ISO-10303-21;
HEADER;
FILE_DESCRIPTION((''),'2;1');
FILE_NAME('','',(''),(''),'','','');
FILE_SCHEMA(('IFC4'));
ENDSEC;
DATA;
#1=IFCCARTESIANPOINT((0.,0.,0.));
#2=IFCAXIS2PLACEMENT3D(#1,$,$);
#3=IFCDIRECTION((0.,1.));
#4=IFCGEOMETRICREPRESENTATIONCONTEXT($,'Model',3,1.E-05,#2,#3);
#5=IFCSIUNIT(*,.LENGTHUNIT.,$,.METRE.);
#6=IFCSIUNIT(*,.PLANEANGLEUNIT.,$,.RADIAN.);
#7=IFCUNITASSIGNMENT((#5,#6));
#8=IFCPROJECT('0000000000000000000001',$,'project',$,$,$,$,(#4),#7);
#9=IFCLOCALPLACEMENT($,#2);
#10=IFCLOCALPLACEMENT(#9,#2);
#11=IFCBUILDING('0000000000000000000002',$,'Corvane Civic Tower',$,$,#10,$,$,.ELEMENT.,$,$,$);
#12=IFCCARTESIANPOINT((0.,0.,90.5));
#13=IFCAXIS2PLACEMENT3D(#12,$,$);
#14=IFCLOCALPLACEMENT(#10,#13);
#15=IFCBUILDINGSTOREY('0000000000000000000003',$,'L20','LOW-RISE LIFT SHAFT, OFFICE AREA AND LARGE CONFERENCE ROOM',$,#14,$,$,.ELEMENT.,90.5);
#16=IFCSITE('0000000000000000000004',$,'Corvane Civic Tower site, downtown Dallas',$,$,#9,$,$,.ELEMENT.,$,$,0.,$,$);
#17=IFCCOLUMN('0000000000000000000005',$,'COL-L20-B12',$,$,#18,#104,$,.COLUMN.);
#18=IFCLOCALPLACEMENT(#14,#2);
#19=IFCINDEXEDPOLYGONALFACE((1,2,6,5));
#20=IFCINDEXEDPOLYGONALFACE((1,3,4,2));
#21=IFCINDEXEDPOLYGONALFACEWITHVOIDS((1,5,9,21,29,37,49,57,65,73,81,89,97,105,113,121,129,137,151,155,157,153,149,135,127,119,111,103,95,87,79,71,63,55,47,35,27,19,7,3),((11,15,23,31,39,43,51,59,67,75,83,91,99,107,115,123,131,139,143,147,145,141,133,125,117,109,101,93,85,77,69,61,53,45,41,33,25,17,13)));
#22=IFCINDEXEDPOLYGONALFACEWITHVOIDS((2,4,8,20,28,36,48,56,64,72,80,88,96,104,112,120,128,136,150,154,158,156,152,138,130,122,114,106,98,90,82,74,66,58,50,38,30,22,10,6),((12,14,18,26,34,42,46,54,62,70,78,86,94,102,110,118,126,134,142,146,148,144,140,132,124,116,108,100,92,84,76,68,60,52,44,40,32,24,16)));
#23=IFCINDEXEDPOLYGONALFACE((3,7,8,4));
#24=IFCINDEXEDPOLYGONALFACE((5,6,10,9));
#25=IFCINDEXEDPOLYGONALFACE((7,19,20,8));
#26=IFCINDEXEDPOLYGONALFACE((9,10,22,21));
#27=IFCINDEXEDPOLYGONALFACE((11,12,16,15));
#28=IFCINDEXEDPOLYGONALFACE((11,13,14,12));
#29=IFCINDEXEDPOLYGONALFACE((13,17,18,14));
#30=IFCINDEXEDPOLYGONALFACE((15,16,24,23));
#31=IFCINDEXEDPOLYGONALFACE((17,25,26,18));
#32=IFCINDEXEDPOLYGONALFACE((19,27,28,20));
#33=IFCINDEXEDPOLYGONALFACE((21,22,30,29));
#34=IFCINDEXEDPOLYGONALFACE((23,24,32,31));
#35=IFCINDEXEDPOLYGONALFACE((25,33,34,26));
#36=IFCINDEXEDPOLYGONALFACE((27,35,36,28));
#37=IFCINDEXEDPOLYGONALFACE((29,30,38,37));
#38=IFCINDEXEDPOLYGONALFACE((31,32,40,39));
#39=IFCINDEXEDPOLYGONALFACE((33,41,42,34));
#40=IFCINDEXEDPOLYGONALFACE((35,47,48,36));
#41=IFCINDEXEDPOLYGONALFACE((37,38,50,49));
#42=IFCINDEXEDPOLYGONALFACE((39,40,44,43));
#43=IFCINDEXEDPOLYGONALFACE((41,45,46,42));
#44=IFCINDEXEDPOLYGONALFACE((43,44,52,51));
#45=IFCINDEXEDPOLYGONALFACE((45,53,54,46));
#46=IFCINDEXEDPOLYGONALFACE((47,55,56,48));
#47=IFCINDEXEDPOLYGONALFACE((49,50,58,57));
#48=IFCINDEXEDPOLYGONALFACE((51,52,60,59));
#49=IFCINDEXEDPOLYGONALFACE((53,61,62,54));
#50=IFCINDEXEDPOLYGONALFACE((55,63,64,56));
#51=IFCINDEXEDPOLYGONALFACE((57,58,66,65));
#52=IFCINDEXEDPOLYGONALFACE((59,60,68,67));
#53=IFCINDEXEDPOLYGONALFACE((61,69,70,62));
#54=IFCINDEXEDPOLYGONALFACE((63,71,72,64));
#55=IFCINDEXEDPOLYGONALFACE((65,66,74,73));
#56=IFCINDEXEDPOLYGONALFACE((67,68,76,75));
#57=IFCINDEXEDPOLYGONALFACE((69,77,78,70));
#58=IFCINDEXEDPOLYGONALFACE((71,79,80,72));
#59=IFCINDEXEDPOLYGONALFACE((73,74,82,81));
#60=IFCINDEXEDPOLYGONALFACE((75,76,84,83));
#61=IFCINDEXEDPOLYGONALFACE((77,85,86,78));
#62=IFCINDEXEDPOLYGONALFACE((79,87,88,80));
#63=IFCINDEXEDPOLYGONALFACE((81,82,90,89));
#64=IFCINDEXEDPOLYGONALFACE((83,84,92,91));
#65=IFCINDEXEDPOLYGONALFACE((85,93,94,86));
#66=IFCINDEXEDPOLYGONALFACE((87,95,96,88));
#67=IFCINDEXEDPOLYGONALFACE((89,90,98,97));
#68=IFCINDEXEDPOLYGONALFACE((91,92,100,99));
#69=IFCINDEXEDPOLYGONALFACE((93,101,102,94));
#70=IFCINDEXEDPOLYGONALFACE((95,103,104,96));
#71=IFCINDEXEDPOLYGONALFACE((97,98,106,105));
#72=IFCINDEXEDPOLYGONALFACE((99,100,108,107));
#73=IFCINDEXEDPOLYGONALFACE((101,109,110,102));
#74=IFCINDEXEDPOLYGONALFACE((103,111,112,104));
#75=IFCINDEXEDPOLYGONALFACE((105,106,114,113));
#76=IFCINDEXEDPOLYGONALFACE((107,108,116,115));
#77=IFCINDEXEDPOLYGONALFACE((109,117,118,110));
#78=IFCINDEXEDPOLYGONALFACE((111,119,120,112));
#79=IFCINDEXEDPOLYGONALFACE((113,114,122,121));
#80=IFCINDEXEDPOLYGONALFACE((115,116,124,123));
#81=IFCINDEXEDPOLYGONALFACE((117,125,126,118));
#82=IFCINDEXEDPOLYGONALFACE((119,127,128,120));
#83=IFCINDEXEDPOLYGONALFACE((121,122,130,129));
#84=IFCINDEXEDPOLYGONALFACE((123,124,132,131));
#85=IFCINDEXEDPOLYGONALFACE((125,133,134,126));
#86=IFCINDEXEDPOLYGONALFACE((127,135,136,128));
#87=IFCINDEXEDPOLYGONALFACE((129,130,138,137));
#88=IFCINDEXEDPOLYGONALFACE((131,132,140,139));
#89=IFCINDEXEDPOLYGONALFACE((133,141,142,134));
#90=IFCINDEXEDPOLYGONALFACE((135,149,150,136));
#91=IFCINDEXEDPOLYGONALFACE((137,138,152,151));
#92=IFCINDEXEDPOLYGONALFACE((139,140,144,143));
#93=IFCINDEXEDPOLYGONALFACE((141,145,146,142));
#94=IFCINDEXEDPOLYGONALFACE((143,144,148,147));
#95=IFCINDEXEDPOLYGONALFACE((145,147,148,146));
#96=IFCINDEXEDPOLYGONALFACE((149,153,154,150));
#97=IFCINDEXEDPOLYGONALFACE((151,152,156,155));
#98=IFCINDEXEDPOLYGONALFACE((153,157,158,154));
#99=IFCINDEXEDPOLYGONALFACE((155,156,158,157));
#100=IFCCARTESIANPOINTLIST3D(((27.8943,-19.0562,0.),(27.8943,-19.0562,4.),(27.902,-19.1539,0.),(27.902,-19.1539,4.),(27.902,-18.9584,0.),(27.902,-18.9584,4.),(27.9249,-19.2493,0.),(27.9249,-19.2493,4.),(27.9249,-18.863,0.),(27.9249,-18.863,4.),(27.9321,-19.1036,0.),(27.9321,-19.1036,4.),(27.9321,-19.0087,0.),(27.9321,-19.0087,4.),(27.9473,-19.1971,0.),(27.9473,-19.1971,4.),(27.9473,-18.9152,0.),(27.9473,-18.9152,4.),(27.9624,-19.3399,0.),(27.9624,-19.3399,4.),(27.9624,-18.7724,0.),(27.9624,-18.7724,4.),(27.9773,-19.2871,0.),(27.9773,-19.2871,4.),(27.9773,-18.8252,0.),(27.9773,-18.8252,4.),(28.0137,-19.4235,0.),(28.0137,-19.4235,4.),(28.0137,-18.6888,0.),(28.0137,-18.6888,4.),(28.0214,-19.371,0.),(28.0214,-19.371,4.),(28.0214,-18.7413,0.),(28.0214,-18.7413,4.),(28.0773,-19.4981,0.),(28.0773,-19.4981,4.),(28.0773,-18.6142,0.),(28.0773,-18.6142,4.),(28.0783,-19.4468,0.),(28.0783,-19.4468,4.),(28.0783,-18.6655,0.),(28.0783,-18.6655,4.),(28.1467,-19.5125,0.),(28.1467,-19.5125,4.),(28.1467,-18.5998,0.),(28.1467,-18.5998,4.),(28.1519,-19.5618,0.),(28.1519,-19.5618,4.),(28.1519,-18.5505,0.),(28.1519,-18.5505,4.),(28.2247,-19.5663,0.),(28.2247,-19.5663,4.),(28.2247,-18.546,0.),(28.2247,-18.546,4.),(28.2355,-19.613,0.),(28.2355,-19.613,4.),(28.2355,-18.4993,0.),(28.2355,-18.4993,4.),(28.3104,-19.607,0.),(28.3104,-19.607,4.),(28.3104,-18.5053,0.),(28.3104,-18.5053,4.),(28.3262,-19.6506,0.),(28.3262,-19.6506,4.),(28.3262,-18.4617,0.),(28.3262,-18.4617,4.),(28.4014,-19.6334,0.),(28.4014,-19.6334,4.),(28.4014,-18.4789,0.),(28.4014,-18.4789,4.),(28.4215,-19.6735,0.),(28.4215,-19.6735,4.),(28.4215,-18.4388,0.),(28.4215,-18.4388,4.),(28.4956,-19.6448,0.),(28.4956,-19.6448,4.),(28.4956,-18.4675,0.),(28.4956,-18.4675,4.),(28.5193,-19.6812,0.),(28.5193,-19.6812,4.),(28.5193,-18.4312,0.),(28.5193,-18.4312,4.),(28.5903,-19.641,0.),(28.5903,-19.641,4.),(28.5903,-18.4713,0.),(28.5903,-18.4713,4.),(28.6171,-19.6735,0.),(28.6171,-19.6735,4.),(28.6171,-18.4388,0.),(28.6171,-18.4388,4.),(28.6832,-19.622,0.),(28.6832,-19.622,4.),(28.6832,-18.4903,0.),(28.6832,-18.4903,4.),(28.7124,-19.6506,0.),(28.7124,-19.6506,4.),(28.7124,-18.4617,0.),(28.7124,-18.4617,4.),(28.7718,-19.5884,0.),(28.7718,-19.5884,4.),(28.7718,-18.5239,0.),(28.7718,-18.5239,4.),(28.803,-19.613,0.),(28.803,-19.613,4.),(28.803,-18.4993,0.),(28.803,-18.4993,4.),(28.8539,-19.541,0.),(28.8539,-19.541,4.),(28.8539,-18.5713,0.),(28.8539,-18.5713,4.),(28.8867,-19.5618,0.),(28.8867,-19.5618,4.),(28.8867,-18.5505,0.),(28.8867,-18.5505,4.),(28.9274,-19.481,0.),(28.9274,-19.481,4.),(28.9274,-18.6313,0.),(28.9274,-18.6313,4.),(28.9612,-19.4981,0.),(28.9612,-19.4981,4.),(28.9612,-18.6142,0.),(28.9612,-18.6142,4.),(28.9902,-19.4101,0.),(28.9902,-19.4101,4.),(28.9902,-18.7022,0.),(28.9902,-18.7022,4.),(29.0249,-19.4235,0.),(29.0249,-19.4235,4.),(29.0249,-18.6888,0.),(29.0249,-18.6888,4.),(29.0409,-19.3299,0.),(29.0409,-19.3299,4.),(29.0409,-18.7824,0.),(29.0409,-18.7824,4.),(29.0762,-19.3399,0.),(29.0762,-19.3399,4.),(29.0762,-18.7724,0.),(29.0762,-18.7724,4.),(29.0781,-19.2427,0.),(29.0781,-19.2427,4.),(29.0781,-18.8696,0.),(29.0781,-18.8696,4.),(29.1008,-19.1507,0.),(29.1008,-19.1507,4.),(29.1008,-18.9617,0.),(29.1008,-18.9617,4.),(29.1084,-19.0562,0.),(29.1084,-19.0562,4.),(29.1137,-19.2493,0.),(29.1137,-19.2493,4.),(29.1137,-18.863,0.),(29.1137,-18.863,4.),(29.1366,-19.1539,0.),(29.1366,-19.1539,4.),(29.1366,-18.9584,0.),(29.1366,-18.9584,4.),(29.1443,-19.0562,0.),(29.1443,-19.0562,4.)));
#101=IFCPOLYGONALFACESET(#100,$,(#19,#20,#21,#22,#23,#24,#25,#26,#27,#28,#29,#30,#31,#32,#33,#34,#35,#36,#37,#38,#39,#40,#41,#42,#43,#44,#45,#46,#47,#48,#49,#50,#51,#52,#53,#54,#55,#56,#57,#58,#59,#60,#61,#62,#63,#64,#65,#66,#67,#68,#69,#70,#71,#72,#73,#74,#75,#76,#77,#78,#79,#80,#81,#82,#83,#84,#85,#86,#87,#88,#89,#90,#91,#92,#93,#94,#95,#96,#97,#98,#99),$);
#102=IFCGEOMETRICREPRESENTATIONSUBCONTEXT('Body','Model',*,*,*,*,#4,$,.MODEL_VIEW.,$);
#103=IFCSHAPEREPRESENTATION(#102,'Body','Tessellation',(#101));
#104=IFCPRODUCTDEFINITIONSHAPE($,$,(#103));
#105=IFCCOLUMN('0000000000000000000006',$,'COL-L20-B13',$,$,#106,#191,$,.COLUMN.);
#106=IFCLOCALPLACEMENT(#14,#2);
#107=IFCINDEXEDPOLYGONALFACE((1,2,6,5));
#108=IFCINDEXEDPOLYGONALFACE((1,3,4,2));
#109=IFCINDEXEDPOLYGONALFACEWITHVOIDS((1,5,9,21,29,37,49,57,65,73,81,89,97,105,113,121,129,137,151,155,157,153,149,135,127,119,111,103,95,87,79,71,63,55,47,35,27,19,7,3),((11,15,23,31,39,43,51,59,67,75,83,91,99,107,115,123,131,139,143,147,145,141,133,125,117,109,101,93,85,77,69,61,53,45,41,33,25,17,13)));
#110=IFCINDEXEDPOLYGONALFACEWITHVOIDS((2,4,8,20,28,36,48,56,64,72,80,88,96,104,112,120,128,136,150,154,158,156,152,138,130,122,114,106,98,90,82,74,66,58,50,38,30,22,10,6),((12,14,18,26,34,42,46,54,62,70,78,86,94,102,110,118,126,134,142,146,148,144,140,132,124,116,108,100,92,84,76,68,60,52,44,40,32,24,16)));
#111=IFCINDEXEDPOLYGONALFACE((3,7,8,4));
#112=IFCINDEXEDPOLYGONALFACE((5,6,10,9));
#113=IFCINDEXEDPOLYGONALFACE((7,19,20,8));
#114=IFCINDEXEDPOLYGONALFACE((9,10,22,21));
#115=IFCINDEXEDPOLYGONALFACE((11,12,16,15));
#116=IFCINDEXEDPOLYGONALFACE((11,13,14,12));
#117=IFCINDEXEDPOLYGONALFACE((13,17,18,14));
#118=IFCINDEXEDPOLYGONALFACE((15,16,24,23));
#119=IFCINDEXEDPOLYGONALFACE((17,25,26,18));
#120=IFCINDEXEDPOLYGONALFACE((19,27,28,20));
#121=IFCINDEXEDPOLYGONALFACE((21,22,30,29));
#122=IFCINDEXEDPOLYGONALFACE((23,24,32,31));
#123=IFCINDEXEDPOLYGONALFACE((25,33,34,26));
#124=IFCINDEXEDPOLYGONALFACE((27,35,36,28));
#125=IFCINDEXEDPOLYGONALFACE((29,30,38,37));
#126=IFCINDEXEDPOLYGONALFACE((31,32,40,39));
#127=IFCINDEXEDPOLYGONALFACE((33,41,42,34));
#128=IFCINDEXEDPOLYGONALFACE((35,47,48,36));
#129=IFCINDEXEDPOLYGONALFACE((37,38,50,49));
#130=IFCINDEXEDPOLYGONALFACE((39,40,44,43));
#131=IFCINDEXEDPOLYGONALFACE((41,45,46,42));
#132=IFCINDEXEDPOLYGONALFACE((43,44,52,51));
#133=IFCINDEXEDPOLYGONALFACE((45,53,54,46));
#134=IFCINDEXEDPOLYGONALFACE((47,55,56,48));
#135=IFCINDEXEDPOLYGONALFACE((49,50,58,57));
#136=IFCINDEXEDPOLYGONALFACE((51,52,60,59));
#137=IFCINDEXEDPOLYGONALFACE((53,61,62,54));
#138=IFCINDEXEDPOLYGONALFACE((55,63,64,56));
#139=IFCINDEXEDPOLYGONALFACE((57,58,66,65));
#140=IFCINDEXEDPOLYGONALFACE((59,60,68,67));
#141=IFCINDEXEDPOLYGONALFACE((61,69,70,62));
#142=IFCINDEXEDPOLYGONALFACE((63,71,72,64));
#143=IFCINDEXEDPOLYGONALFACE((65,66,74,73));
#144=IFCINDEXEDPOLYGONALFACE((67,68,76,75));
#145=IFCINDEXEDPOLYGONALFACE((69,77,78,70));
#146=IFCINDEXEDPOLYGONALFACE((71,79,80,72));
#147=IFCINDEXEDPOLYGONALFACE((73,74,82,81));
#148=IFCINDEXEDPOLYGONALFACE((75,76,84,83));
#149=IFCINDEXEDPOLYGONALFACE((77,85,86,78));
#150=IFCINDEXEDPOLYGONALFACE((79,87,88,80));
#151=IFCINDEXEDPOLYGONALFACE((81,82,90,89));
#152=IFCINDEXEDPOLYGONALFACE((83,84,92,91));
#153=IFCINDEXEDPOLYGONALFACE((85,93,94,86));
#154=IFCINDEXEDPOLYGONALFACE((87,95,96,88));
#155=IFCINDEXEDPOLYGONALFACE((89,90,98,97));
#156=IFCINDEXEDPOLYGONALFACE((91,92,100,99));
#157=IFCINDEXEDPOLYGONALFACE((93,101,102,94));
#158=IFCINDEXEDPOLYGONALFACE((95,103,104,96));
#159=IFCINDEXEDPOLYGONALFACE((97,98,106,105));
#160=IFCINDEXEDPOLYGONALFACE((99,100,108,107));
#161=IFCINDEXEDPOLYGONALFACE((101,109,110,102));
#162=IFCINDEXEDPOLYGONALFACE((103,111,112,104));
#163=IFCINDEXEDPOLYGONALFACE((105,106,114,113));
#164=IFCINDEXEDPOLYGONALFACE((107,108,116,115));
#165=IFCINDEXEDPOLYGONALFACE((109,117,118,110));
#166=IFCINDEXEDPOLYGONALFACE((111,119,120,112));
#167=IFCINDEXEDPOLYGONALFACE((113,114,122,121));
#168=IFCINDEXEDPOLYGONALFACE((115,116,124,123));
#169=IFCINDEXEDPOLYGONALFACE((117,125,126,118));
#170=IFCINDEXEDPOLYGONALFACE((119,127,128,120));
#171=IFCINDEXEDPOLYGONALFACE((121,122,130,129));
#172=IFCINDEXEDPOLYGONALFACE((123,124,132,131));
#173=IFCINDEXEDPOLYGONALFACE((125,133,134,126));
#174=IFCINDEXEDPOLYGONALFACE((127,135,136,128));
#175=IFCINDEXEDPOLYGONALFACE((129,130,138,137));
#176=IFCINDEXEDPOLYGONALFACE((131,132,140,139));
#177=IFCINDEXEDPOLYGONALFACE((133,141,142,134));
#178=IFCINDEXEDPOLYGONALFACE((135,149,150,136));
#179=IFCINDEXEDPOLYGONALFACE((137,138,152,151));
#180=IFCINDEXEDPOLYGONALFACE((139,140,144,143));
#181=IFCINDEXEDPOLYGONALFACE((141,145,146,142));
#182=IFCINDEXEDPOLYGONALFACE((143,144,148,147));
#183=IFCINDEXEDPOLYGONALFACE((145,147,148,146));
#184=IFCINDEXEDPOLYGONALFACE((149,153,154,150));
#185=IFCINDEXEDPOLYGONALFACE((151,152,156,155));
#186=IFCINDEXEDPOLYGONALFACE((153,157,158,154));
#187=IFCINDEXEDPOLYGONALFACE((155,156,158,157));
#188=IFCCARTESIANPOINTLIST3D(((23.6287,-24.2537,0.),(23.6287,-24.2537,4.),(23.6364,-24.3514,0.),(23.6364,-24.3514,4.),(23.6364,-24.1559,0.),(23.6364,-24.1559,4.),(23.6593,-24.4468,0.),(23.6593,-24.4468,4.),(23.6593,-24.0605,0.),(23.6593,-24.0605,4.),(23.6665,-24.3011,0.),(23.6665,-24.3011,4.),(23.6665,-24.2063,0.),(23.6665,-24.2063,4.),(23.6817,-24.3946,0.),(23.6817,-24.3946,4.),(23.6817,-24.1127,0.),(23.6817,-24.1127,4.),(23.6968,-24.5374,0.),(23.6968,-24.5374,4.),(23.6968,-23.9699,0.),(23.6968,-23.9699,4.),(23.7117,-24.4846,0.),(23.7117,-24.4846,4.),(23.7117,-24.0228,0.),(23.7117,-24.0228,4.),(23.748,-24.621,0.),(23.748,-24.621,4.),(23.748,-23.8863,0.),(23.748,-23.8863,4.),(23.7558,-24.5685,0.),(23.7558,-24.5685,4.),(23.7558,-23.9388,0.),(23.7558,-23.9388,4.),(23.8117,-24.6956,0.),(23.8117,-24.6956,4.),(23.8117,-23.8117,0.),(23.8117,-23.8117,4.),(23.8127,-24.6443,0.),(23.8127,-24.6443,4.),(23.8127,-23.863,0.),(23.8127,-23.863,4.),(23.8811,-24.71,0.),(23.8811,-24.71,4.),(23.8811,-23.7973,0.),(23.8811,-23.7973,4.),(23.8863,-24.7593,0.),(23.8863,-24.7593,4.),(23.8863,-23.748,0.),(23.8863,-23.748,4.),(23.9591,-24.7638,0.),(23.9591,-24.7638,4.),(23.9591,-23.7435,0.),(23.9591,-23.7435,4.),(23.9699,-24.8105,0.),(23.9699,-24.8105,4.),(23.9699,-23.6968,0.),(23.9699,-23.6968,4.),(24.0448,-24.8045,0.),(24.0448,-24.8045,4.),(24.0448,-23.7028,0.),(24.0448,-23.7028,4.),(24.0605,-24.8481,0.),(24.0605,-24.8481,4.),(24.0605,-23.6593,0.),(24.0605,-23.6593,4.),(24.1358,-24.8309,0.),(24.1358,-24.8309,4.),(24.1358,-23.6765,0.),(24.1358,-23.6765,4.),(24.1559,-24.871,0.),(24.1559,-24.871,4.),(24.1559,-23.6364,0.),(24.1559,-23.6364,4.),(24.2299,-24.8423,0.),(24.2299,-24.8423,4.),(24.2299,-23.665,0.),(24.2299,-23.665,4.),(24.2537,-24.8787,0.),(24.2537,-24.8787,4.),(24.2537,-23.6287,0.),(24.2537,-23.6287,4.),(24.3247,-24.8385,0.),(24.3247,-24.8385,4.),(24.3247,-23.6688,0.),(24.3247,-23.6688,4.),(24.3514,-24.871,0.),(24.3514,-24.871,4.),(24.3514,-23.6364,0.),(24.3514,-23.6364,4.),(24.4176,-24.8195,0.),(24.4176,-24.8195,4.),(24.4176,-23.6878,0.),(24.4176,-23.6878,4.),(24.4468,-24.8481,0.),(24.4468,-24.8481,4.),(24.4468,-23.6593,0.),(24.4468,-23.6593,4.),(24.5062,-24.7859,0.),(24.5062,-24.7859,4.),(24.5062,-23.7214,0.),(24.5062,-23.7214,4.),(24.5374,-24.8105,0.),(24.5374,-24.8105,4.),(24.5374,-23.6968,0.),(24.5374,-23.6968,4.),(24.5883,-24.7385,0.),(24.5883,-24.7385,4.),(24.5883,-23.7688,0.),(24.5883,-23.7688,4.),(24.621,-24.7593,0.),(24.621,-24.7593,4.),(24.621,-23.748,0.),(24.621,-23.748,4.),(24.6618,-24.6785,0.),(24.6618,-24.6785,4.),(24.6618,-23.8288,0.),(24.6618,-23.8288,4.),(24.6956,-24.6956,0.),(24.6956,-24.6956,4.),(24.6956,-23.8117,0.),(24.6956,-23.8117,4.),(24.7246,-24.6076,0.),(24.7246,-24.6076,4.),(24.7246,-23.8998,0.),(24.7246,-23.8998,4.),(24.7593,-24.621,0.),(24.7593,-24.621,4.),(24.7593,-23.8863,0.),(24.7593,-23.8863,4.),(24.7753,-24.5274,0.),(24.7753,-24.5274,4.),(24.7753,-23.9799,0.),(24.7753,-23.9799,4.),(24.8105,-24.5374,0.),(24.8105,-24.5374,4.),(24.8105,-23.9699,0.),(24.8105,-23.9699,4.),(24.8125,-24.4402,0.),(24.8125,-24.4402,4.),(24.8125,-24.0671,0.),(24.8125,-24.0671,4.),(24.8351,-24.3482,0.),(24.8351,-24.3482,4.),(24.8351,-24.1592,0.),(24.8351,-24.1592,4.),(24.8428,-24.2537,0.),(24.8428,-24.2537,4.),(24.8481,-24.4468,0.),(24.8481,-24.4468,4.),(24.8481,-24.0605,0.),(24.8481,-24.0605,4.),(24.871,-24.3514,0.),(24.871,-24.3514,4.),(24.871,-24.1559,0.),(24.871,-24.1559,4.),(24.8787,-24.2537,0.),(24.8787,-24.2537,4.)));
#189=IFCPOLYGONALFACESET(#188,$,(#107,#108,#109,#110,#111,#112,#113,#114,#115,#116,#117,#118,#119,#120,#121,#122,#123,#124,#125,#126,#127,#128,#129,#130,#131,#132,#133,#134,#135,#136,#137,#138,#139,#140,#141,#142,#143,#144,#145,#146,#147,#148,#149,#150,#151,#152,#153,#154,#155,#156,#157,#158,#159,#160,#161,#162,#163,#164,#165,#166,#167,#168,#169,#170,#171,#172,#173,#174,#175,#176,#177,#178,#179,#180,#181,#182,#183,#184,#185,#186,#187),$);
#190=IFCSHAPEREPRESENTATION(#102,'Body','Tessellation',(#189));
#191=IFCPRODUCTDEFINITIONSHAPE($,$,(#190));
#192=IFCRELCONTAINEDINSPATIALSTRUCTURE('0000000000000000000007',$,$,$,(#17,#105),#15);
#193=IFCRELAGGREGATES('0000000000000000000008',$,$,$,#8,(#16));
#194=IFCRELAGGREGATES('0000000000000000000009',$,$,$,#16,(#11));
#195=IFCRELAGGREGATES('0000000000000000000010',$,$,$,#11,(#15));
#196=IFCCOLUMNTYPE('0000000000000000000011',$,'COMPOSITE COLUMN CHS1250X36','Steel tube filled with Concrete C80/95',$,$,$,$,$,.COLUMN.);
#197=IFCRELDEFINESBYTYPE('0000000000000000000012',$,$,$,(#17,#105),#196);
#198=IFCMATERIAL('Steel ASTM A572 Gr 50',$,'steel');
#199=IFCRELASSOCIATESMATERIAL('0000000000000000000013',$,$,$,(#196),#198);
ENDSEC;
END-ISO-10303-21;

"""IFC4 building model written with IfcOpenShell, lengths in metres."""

from ifc_helpers import new_model, si_unit, direction, frame, origin, origin_2d, place, context, subcontext, project, spatial, hollow_circle, extrude, material, material_profile, profile_set, type_object, element, save


model = new_model("IFC4")

# Units and contexts
model_context = context("Model", 3, precision=1e-05, world=origin(), true_north=direction((0.0, 1.0)))
body_context = subcontext(model_context, "Body", "Model", "MODEL_VIEW")
ifc_project = project(units=[si_unit("LENGTHUNIT", "METRE"), si_unit("PLANEANGLEUNIT", "RADIAN")], contexts=[model_context])

# Site, building, storey
site_placement = place(None, origin())
site = spatial("IfcSite", under=ifc_project, at=site_placement, Name="Corvane Civic Tower site, downtown Dallas", CompositionType="ELEMENT", RefElevation=0.0)
building_placement = place(site_placement, origin())
building = spatial("IfcBuilding", under=site, at=building_placement, Name="Corvane Civic Tower", CompositionType="ELEMENT")
storey_placement = place(building_placement, frame((0.0, 0.0, 90.5)))
storey = spatial("IfcBuildingStorey", under=building, at=storey_placement, Name="L20", Description="LOW-RISE LIFT SHAFT, OFFICE AREA AND LARGE CONFERENCE ROOM", CompositionType="ELEMENT", Elevation=90.5)

# Columns
ifc_material_1 = material(Name="Steel ASTM A572 Gr 50", Category="steel")
ifc_material_profile_1 = material_profile(ifc_material_1, hollow_circle(Radius=0.625, WallThickness=0.0359, at=origin_2d()), Name="CHS1250X36")
ifc_profile_set_1 = profile_set([ifc_material_profile_1], Name="Steel ASTM A572 Gr 50")
column_type = type_object("IfcColumnType", Name="COMPOSITE COLUMN CHS1250X36", Description="Steel tube filled with Concrete C80/95", PredefinedType="COLUMN", material=ifc_profile_set_1)
for number, where, z_axis, x_axis, name in (
    (1, (28.5193, -19.0562, 0.0), (0.0, 0.0, 1.0), (1.0, 0.0, 0.0), "COL-L20-B12"),
    (2, (24.2537, -24.2537, 0.0), (0.0, 0.0, 1.0), (1.0, 0.0, 0.0), "COL-L20-B13"),
):
    element("IfcColumn", number, at=place(storey_placement, frame(where, z_axis=z_axis, x_axis=x_axis)), inside=storey, type_object=column_type, Name=name, PredefinedType="COLUMN", context=body_context, shape_type="SweptSolid", body=[
        extrude(hollow_circle(Radius=0.625, WallThickness=0.0359, at=origin_2d()), origin(), (0.0, 0.0, 1.0), 4.0),
    ])

save(model, "model.ifc")
